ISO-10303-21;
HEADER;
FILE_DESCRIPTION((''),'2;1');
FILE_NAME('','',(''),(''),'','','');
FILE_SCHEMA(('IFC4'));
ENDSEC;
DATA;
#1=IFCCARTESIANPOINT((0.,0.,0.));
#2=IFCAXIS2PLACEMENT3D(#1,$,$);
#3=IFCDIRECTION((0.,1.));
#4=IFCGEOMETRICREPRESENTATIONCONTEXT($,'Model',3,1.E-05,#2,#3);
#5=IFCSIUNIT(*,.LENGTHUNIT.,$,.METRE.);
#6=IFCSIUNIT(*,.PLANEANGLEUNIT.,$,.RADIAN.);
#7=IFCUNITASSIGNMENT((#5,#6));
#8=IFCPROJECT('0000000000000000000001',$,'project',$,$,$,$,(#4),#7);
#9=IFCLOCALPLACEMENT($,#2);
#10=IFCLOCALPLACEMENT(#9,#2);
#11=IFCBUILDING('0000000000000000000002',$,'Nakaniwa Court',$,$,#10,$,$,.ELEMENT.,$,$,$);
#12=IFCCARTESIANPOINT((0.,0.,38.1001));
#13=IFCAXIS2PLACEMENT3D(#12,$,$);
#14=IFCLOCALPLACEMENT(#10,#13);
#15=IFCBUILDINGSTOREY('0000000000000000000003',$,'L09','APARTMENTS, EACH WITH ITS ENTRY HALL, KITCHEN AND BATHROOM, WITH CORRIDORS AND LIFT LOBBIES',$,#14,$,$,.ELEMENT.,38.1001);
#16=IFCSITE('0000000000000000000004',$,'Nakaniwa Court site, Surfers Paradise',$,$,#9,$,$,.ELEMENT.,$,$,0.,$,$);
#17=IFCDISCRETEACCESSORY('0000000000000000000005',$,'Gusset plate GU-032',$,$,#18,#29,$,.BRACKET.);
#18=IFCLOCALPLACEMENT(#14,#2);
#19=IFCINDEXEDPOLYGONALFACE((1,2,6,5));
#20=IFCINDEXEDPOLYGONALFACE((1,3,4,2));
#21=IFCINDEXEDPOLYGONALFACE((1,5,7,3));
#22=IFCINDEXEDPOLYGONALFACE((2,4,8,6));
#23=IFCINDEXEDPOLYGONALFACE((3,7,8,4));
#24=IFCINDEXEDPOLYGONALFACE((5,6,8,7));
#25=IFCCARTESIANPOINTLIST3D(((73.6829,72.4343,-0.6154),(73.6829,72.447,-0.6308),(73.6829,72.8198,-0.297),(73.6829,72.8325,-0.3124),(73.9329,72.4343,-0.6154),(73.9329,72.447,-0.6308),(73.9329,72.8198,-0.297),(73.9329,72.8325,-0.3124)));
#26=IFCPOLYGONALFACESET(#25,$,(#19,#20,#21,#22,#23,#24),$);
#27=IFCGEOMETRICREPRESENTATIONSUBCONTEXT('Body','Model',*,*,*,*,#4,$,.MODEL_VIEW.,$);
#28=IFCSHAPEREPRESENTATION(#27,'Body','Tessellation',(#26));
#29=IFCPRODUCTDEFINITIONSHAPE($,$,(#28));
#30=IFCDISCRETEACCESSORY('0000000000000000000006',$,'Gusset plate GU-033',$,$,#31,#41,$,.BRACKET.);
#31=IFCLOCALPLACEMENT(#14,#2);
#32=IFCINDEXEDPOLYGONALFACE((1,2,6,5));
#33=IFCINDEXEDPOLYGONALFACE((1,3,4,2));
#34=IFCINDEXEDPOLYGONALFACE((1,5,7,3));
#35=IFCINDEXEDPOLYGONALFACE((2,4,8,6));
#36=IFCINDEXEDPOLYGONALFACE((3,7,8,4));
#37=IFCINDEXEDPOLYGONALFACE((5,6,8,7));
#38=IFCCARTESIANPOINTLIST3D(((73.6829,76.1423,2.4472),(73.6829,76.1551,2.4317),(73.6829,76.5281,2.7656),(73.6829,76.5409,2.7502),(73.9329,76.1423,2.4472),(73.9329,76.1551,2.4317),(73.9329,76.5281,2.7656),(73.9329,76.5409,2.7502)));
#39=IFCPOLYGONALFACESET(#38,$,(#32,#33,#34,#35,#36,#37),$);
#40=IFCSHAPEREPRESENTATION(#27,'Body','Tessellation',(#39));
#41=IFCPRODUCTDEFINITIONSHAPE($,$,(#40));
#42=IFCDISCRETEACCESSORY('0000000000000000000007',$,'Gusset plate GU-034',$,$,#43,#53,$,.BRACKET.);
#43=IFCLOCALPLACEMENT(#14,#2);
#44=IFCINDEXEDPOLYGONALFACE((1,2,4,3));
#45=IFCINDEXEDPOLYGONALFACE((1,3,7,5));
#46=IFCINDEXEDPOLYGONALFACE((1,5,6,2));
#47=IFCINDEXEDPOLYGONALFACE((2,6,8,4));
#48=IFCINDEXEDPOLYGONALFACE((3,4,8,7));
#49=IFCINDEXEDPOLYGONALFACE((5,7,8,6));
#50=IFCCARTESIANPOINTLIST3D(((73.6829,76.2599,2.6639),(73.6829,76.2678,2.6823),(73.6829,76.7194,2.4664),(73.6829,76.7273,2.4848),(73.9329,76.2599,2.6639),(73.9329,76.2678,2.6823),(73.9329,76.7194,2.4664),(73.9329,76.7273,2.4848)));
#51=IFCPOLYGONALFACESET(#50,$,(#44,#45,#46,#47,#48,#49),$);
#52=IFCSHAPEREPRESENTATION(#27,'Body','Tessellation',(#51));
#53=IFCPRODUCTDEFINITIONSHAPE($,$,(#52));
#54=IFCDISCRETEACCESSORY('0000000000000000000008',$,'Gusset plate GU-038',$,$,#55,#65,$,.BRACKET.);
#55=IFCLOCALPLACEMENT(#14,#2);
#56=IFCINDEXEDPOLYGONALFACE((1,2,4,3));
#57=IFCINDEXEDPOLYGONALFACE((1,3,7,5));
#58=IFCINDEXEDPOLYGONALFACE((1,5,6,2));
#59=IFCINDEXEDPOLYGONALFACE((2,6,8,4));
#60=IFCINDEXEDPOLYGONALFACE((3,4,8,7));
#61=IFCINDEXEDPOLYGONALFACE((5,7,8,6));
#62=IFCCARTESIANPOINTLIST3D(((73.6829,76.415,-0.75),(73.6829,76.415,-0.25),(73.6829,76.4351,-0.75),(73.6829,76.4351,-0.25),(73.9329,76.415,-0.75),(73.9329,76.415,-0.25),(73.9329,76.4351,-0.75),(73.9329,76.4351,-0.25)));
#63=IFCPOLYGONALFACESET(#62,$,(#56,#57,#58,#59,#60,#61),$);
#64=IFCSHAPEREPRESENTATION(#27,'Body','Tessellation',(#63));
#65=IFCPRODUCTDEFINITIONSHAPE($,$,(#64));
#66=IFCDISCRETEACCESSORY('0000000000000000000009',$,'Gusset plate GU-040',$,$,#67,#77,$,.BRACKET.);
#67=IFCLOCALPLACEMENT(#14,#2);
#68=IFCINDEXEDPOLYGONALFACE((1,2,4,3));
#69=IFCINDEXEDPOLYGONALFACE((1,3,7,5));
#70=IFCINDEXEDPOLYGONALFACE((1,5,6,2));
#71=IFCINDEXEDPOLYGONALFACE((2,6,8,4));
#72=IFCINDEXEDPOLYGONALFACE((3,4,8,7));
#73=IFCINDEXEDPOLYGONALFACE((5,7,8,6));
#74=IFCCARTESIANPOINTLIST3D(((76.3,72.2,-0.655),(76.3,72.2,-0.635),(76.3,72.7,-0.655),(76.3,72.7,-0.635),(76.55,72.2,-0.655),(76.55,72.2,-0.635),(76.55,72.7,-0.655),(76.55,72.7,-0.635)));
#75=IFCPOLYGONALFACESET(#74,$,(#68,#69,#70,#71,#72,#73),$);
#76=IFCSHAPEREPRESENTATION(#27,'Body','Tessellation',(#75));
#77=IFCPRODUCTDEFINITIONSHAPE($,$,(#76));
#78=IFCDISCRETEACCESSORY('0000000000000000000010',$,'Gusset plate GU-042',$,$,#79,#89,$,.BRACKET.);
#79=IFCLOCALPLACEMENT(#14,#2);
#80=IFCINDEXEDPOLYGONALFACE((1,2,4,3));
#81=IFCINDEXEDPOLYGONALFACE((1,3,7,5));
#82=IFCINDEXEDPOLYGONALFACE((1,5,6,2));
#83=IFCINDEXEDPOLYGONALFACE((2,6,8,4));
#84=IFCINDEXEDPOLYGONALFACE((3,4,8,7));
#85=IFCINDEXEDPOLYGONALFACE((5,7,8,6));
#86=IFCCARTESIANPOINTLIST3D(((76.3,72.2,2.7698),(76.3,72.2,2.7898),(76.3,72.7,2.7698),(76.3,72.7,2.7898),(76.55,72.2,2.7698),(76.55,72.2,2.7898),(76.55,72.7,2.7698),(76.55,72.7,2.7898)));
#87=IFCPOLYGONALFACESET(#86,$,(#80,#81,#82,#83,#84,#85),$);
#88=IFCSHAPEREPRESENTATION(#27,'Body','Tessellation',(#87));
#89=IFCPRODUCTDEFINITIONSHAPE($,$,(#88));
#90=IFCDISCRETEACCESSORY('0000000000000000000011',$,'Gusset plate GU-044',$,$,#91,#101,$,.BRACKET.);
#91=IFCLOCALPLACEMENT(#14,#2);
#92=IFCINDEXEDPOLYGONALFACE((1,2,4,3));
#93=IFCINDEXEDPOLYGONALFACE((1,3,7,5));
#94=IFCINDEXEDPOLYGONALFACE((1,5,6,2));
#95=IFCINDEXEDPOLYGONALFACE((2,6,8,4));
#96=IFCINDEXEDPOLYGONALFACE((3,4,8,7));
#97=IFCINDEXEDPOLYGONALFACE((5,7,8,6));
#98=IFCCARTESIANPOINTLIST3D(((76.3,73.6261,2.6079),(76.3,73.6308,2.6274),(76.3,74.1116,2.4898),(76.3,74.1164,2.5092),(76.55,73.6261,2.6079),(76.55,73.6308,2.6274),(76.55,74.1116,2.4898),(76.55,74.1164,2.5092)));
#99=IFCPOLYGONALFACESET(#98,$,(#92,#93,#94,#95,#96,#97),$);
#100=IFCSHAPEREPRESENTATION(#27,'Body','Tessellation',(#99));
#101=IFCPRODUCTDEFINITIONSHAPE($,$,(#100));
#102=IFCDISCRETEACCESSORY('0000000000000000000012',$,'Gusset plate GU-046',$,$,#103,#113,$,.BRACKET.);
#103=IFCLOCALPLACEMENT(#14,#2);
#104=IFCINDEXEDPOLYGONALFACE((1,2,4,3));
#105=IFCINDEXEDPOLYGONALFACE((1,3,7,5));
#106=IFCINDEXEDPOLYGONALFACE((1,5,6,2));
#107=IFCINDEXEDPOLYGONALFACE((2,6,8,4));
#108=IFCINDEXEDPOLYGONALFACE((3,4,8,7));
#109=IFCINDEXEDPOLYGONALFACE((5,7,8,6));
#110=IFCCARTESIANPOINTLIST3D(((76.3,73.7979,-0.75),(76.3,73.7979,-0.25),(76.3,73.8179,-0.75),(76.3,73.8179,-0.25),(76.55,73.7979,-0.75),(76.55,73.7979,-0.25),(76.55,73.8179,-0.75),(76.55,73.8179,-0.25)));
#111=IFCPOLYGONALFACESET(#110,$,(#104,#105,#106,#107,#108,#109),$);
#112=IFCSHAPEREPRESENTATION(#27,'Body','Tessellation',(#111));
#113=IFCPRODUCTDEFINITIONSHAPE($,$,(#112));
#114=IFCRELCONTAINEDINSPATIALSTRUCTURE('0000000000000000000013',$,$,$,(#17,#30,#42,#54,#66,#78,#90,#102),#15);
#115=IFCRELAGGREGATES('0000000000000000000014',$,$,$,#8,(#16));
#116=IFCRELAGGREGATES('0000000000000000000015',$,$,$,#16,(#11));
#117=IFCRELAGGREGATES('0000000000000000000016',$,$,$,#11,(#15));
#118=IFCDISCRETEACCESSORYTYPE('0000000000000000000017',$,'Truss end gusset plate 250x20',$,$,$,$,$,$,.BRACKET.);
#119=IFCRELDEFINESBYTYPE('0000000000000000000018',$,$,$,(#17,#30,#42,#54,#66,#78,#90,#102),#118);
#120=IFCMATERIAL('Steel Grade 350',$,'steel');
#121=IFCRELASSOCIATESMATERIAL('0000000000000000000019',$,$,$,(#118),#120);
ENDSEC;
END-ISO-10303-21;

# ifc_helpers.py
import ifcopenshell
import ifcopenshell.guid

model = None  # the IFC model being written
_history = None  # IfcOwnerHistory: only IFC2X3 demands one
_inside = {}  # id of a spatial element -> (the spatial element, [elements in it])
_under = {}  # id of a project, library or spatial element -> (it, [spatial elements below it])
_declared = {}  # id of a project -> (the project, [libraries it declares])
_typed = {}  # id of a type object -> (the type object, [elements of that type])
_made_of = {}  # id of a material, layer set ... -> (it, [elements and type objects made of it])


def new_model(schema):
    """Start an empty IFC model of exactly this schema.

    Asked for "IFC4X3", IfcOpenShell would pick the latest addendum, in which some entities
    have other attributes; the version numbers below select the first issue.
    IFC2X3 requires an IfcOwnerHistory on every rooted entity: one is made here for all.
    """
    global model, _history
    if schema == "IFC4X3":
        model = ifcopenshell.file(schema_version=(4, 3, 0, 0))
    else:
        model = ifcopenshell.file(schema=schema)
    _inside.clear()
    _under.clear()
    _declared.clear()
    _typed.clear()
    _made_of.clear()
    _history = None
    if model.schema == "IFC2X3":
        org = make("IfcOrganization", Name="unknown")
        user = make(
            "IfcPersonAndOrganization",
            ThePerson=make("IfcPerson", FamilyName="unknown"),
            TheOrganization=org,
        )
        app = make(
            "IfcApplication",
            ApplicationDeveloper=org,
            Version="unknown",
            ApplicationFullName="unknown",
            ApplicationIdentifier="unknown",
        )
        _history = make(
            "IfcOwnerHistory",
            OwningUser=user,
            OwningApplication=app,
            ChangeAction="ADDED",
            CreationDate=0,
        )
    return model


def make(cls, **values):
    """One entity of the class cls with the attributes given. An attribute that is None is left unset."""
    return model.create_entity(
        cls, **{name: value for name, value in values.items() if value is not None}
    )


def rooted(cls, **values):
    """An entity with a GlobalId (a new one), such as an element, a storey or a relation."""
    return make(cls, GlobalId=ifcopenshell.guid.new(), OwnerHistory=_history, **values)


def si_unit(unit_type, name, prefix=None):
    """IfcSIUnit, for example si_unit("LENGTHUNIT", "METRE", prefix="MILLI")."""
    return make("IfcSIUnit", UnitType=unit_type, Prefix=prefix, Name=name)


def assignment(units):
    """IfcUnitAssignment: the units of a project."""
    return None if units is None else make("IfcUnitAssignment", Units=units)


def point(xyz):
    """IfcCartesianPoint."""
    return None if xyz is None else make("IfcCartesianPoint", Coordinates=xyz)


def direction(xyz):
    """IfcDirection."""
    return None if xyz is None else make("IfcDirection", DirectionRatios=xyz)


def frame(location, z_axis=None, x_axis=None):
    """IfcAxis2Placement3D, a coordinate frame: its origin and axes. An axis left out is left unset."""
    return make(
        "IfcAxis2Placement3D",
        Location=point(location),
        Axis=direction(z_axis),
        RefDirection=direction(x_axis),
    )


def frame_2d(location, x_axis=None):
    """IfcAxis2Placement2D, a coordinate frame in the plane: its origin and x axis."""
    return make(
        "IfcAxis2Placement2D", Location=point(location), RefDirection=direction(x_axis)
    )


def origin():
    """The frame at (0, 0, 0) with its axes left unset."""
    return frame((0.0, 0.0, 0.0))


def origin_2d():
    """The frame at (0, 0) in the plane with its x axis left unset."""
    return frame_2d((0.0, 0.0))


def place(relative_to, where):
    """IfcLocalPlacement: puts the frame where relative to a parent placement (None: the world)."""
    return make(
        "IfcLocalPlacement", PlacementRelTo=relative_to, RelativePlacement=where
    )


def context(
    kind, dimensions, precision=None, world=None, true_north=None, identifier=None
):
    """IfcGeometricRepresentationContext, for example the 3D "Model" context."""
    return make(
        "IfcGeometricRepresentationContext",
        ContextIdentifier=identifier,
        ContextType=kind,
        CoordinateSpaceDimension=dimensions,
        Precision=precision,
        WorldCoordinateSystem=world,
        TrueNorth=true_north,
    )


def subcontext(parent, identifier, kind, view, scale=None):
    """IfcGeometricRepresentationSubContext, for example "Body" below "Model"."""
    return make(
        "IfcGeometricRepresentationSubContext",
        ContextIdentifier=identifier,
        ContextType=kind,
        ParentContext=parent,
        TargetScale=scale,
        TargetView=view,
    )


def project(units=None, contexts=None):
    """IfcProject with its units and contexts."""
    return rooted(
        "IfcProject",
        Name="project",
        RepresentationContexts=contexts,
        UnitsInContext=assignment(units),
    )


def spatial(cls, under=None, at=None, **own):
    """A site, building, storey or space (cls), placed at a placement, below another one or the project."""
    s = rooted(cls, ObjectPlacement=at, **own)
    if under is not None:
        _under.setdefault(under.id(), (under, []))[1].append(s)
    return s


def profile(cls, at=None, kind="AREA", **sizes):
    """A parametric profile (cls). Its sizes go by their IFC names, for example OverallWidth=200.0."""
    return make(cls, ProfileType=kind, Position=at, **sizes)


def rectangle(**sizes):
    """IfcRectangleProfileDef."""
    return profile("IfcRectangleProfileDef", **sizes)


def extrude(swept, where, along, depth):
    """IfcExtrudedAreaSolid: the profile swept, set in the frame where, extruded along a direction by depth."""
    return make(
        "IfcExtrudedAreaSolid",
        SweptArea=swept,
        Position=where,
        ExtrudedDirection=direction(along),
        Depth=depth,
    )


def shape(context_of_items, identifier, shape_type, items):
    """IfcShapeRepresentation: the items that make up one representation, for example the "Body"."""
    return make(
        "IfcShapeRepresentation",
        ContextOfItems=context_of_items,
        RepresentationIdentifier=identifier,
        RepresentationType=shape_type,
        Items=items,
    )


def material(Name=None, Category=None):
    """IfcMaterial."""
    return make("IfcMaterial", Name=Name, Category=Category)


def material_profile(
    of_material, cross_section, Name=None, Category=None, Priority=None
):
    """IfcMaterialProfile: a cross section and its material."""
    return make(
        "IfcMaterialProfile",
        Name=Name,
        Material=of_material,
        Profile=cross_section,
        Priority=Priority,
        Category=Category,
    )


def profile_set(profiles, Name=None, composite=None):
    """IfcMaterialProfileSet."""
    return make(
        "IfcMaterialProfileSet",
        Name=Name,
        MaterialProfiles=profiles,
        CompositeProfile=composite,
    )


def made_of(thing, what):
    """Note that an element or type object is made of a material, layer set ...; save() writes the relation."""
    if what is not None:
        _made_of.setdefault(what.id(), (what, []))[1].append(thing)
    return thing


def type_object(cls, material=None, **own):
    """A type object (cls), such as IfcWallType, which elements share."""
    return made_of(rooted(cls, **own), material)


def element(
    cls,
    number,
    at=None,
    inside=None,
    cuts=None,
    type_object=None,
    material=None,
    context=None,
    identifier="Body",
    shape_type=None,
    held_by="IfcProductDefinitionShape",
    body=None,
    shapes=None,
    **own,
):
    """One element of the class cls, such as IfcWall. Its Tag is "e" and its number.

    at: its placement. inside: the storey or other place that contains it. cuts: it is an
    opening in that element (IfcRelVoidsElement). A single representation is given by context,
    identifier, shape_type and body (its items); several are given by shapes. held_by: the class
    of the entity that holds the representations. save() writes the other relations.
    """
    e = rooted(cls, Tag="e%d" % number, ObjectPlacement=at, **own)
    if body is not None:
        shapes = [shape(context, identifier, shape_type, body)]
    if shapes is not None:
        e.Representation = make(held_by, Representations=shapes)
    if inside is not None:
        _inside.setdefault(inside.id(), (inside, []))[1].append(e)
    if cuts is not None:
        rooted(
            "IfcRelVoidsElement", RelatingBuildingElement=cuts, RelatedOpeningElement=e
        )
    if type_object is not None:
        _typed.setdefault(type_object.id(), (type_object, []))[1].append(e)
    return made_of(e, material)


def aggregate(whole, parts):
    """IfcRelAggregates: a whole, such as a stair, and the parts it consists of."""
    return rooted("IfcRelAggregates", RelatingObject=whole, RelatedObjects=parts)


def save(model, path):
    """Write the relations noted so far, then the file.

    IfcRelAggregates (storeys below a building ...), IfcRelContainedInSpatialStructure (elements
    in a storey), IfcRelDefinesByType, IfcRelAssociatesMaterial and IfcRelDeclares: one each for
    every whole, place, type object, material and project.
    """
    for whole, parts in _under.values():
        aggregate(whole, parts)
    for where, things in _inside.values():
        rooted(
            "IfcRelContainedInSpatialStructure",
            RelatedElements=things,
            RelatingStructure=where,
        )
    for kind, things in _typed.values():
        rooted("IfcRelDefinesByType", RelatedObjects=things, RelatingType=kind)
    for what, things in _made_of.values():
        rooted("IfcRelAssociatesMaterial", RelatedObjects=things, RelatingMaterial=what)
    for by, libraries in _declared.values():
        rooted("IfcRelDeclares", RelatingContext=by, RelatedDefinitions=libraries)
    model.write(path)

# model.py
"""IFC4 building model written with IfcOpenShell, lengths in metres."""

from ifc_helpers import new_model, si_unit, direction, frame, origin, origin_2d, place, context, subcontext, project, spatial, rectangle, extrude, material, material_profile, profile_set, type_object, element, save


model = new_model("IFC4")

# Units and contexts
model_context = context("Model", 3, precision=1e-05, world=origin(), true_north=direction((0.0, 1.0)))
body_context = subcontext(model_context, "Body", "Model", "MODEL_VIEW")
ifc_project = project(units=[si_unit("LENGTHUNIT", "METRE"), si_unit("PLANEANGLEUNIT", "RADIAN")], contexts=[model_context])

# Site, building, storey
site_placement = place(None, origin())
site = spatial("IfcSite", under=ifc_project, at=site_placement, Name="Nakaniwa Court site, Surfers Paradise", CompositionType="ELEMENT", RefElevation=0.0)
building_placement = place(site_placement, origin())
building = spatial("IfcBuilding", under=site, at=building_placement, Name="Nakaniwa Court", CompositionType="ELEMENT")
storey_placement = place(building_placement, frame((0.0, 0.0, 38.1001)))
storey = spatial("IfcBuildingStorey", under=building, at=storey_placement, Name="L09", Description="APARTMENTS, EACH WITH ITS ENTRY HALL, KITCHEN AND BATHROOM, WITH CORRIDORS AND LIFT LOBBIES", CompositionType="ELEMENT", Elevation=38.1001)

# Shared definitions
ifc_material_1 = material(Name="Steel Grade 350", Category="steel")

# Discrete accessories
ifc_material_profile_1 = material_profile(ifc_material_1, rectangle(XDim=0.25, YDim=0.02, at=origin_2d()), Name="Truss end gusset plate 250x20")
ifc_profile_set_1 = profile_set([ifc_material_profile_1], Name="Steel Grade 350")
discrete_accessory_type = type_object("IfcDiscreteAccessoryType", Name="Truss end gusset plate 250x20", PredefinedType="BRACKET", material=ifc_profile_set_1)
for number, where, z_axis, x_axis, name in (
    (1, (73.8079, 72.8262, -0.3047), (0.0, -0.771056, -0.636768), (1.0, 0.0, 0.0), "Gusset plate GU-032"),
):
    element("IfcDiscreteAccessory", number, at=place(storey_placement, frame(where, z_axis=z_axis, x_axis=x_axis)), inside=storey, type_object=discrete_accessory_type, Name=name, PredefinedType="BRACKET", context=body_context, shape_type="SweptSolid", body=[
        extrude(rectangle(XDim=0.25, YDim=0.02, at=origin_2d()), origin(), (0.0, 0.0, 1.0), 0.5),
    ])
for number, where, z_axis, x_axis, name in (
    (2, (73.8079, 76.1487, 2.4395), (0.0, 0.771253, 0.636528), (-1.0, 0.0, 0.0), "Gusset plate GU-033"),
    (3, (73.8079, 76.7234, 2.4756), (0.0, -0.918715, 0.394921), (1.0, 0.0, 0.0), "Gusset plate GU-034"),
):
    element("IfcDiscreteAccessory", number, at=place(storey_placement, frame(where, z_axis=z_axis, x_axis=x_axis)), inside=storey, type_object=discrete_accessory_type, Name=name, PredefinedType="BRACKET", context=body_context, shape_type="SweptSolid", body=[
        extrude(rectangle(XDim=0.25, YDim=0.02, at=origin_2d()), origin(), (0.0, 0.0, 1.0), 0.5002),
    ])
for number, where, z_axis, x_axis, name in (
    (4, (73.8079, 76.425, -0.25), (0.0, 0.0, -1.0), (1.0, 0.0, 0.0), "Gusset plate GU-038"),
    (5, (76.425, 72.7, -0.645), (0.0, -1.0, 0.0), (1.0, 0.0, 0.0), "Gusset plate GU-040"),
    (6, (76.425, 72.7, 2.7798), (0.0, -1.0, 0.0), (1.0, 0.0, 0.0), "Gusset plate GU-042"),
):
    element("IfcDiscreteAccessory", number, at=place(storey_placement, frame(where, z_axis=z_axis, x_axis=x_axis)), inside=storey, type_object=discrete_accessory_type, Name=name, PredefinedType="BRACKET", context=body_context, shape_type="SweptSolid", body=[
        extrude(rectangle(XDim=0.25, YDim=0.02, at=origin_2d()), origin(), (0.0, 0.0, 1.0), 0.5),
    ])
discrete_accessory_1_placement = place(storey_placement, frame((76.425, 74.114, 2.4995), z_axis=(0.0, -0.971646, 0.236439), x_axis=(1.0, 0.0, 0.0)))
element("IfcDiscreteAccessory", 7, at=discrete_accessory_1_placement, inside=storey, type_object=discrete_accessory_type, Name="Gusset plate GU-044", PredefinedType="BRACKET", context=body_context, shape_type="SweptSolid", body=[
    extrude(rectangle(XDim=0.25, YDim=0.02, at=origin_2d()), origin(), (0.0, 0.0, 1.0), 0.4998),
])
discrete_accessory_2_placement = place(storey_placement, frame((76.425, 73.8079, -0.25), z_axis=(0.0, 0.0, -1.0), x_axis=(1.0, 0.0, 0.0)))
element("IfcDiscreteAccessory", 8, at=discrete_accessory_2_placement, inside=storey, type_object=discrete_accessory_type, Name="Gusset plate GU-046", PredefinedType="BRACKET", context=body_context, shape_type="SweptSolid", body=[
    extrude(rectangle(XDim=0.25, YDim=0.02, at=origin_2d()), origin(), (0.0, 0.0, 1.0), 0.5),
])

save(model, "model.ifc")
